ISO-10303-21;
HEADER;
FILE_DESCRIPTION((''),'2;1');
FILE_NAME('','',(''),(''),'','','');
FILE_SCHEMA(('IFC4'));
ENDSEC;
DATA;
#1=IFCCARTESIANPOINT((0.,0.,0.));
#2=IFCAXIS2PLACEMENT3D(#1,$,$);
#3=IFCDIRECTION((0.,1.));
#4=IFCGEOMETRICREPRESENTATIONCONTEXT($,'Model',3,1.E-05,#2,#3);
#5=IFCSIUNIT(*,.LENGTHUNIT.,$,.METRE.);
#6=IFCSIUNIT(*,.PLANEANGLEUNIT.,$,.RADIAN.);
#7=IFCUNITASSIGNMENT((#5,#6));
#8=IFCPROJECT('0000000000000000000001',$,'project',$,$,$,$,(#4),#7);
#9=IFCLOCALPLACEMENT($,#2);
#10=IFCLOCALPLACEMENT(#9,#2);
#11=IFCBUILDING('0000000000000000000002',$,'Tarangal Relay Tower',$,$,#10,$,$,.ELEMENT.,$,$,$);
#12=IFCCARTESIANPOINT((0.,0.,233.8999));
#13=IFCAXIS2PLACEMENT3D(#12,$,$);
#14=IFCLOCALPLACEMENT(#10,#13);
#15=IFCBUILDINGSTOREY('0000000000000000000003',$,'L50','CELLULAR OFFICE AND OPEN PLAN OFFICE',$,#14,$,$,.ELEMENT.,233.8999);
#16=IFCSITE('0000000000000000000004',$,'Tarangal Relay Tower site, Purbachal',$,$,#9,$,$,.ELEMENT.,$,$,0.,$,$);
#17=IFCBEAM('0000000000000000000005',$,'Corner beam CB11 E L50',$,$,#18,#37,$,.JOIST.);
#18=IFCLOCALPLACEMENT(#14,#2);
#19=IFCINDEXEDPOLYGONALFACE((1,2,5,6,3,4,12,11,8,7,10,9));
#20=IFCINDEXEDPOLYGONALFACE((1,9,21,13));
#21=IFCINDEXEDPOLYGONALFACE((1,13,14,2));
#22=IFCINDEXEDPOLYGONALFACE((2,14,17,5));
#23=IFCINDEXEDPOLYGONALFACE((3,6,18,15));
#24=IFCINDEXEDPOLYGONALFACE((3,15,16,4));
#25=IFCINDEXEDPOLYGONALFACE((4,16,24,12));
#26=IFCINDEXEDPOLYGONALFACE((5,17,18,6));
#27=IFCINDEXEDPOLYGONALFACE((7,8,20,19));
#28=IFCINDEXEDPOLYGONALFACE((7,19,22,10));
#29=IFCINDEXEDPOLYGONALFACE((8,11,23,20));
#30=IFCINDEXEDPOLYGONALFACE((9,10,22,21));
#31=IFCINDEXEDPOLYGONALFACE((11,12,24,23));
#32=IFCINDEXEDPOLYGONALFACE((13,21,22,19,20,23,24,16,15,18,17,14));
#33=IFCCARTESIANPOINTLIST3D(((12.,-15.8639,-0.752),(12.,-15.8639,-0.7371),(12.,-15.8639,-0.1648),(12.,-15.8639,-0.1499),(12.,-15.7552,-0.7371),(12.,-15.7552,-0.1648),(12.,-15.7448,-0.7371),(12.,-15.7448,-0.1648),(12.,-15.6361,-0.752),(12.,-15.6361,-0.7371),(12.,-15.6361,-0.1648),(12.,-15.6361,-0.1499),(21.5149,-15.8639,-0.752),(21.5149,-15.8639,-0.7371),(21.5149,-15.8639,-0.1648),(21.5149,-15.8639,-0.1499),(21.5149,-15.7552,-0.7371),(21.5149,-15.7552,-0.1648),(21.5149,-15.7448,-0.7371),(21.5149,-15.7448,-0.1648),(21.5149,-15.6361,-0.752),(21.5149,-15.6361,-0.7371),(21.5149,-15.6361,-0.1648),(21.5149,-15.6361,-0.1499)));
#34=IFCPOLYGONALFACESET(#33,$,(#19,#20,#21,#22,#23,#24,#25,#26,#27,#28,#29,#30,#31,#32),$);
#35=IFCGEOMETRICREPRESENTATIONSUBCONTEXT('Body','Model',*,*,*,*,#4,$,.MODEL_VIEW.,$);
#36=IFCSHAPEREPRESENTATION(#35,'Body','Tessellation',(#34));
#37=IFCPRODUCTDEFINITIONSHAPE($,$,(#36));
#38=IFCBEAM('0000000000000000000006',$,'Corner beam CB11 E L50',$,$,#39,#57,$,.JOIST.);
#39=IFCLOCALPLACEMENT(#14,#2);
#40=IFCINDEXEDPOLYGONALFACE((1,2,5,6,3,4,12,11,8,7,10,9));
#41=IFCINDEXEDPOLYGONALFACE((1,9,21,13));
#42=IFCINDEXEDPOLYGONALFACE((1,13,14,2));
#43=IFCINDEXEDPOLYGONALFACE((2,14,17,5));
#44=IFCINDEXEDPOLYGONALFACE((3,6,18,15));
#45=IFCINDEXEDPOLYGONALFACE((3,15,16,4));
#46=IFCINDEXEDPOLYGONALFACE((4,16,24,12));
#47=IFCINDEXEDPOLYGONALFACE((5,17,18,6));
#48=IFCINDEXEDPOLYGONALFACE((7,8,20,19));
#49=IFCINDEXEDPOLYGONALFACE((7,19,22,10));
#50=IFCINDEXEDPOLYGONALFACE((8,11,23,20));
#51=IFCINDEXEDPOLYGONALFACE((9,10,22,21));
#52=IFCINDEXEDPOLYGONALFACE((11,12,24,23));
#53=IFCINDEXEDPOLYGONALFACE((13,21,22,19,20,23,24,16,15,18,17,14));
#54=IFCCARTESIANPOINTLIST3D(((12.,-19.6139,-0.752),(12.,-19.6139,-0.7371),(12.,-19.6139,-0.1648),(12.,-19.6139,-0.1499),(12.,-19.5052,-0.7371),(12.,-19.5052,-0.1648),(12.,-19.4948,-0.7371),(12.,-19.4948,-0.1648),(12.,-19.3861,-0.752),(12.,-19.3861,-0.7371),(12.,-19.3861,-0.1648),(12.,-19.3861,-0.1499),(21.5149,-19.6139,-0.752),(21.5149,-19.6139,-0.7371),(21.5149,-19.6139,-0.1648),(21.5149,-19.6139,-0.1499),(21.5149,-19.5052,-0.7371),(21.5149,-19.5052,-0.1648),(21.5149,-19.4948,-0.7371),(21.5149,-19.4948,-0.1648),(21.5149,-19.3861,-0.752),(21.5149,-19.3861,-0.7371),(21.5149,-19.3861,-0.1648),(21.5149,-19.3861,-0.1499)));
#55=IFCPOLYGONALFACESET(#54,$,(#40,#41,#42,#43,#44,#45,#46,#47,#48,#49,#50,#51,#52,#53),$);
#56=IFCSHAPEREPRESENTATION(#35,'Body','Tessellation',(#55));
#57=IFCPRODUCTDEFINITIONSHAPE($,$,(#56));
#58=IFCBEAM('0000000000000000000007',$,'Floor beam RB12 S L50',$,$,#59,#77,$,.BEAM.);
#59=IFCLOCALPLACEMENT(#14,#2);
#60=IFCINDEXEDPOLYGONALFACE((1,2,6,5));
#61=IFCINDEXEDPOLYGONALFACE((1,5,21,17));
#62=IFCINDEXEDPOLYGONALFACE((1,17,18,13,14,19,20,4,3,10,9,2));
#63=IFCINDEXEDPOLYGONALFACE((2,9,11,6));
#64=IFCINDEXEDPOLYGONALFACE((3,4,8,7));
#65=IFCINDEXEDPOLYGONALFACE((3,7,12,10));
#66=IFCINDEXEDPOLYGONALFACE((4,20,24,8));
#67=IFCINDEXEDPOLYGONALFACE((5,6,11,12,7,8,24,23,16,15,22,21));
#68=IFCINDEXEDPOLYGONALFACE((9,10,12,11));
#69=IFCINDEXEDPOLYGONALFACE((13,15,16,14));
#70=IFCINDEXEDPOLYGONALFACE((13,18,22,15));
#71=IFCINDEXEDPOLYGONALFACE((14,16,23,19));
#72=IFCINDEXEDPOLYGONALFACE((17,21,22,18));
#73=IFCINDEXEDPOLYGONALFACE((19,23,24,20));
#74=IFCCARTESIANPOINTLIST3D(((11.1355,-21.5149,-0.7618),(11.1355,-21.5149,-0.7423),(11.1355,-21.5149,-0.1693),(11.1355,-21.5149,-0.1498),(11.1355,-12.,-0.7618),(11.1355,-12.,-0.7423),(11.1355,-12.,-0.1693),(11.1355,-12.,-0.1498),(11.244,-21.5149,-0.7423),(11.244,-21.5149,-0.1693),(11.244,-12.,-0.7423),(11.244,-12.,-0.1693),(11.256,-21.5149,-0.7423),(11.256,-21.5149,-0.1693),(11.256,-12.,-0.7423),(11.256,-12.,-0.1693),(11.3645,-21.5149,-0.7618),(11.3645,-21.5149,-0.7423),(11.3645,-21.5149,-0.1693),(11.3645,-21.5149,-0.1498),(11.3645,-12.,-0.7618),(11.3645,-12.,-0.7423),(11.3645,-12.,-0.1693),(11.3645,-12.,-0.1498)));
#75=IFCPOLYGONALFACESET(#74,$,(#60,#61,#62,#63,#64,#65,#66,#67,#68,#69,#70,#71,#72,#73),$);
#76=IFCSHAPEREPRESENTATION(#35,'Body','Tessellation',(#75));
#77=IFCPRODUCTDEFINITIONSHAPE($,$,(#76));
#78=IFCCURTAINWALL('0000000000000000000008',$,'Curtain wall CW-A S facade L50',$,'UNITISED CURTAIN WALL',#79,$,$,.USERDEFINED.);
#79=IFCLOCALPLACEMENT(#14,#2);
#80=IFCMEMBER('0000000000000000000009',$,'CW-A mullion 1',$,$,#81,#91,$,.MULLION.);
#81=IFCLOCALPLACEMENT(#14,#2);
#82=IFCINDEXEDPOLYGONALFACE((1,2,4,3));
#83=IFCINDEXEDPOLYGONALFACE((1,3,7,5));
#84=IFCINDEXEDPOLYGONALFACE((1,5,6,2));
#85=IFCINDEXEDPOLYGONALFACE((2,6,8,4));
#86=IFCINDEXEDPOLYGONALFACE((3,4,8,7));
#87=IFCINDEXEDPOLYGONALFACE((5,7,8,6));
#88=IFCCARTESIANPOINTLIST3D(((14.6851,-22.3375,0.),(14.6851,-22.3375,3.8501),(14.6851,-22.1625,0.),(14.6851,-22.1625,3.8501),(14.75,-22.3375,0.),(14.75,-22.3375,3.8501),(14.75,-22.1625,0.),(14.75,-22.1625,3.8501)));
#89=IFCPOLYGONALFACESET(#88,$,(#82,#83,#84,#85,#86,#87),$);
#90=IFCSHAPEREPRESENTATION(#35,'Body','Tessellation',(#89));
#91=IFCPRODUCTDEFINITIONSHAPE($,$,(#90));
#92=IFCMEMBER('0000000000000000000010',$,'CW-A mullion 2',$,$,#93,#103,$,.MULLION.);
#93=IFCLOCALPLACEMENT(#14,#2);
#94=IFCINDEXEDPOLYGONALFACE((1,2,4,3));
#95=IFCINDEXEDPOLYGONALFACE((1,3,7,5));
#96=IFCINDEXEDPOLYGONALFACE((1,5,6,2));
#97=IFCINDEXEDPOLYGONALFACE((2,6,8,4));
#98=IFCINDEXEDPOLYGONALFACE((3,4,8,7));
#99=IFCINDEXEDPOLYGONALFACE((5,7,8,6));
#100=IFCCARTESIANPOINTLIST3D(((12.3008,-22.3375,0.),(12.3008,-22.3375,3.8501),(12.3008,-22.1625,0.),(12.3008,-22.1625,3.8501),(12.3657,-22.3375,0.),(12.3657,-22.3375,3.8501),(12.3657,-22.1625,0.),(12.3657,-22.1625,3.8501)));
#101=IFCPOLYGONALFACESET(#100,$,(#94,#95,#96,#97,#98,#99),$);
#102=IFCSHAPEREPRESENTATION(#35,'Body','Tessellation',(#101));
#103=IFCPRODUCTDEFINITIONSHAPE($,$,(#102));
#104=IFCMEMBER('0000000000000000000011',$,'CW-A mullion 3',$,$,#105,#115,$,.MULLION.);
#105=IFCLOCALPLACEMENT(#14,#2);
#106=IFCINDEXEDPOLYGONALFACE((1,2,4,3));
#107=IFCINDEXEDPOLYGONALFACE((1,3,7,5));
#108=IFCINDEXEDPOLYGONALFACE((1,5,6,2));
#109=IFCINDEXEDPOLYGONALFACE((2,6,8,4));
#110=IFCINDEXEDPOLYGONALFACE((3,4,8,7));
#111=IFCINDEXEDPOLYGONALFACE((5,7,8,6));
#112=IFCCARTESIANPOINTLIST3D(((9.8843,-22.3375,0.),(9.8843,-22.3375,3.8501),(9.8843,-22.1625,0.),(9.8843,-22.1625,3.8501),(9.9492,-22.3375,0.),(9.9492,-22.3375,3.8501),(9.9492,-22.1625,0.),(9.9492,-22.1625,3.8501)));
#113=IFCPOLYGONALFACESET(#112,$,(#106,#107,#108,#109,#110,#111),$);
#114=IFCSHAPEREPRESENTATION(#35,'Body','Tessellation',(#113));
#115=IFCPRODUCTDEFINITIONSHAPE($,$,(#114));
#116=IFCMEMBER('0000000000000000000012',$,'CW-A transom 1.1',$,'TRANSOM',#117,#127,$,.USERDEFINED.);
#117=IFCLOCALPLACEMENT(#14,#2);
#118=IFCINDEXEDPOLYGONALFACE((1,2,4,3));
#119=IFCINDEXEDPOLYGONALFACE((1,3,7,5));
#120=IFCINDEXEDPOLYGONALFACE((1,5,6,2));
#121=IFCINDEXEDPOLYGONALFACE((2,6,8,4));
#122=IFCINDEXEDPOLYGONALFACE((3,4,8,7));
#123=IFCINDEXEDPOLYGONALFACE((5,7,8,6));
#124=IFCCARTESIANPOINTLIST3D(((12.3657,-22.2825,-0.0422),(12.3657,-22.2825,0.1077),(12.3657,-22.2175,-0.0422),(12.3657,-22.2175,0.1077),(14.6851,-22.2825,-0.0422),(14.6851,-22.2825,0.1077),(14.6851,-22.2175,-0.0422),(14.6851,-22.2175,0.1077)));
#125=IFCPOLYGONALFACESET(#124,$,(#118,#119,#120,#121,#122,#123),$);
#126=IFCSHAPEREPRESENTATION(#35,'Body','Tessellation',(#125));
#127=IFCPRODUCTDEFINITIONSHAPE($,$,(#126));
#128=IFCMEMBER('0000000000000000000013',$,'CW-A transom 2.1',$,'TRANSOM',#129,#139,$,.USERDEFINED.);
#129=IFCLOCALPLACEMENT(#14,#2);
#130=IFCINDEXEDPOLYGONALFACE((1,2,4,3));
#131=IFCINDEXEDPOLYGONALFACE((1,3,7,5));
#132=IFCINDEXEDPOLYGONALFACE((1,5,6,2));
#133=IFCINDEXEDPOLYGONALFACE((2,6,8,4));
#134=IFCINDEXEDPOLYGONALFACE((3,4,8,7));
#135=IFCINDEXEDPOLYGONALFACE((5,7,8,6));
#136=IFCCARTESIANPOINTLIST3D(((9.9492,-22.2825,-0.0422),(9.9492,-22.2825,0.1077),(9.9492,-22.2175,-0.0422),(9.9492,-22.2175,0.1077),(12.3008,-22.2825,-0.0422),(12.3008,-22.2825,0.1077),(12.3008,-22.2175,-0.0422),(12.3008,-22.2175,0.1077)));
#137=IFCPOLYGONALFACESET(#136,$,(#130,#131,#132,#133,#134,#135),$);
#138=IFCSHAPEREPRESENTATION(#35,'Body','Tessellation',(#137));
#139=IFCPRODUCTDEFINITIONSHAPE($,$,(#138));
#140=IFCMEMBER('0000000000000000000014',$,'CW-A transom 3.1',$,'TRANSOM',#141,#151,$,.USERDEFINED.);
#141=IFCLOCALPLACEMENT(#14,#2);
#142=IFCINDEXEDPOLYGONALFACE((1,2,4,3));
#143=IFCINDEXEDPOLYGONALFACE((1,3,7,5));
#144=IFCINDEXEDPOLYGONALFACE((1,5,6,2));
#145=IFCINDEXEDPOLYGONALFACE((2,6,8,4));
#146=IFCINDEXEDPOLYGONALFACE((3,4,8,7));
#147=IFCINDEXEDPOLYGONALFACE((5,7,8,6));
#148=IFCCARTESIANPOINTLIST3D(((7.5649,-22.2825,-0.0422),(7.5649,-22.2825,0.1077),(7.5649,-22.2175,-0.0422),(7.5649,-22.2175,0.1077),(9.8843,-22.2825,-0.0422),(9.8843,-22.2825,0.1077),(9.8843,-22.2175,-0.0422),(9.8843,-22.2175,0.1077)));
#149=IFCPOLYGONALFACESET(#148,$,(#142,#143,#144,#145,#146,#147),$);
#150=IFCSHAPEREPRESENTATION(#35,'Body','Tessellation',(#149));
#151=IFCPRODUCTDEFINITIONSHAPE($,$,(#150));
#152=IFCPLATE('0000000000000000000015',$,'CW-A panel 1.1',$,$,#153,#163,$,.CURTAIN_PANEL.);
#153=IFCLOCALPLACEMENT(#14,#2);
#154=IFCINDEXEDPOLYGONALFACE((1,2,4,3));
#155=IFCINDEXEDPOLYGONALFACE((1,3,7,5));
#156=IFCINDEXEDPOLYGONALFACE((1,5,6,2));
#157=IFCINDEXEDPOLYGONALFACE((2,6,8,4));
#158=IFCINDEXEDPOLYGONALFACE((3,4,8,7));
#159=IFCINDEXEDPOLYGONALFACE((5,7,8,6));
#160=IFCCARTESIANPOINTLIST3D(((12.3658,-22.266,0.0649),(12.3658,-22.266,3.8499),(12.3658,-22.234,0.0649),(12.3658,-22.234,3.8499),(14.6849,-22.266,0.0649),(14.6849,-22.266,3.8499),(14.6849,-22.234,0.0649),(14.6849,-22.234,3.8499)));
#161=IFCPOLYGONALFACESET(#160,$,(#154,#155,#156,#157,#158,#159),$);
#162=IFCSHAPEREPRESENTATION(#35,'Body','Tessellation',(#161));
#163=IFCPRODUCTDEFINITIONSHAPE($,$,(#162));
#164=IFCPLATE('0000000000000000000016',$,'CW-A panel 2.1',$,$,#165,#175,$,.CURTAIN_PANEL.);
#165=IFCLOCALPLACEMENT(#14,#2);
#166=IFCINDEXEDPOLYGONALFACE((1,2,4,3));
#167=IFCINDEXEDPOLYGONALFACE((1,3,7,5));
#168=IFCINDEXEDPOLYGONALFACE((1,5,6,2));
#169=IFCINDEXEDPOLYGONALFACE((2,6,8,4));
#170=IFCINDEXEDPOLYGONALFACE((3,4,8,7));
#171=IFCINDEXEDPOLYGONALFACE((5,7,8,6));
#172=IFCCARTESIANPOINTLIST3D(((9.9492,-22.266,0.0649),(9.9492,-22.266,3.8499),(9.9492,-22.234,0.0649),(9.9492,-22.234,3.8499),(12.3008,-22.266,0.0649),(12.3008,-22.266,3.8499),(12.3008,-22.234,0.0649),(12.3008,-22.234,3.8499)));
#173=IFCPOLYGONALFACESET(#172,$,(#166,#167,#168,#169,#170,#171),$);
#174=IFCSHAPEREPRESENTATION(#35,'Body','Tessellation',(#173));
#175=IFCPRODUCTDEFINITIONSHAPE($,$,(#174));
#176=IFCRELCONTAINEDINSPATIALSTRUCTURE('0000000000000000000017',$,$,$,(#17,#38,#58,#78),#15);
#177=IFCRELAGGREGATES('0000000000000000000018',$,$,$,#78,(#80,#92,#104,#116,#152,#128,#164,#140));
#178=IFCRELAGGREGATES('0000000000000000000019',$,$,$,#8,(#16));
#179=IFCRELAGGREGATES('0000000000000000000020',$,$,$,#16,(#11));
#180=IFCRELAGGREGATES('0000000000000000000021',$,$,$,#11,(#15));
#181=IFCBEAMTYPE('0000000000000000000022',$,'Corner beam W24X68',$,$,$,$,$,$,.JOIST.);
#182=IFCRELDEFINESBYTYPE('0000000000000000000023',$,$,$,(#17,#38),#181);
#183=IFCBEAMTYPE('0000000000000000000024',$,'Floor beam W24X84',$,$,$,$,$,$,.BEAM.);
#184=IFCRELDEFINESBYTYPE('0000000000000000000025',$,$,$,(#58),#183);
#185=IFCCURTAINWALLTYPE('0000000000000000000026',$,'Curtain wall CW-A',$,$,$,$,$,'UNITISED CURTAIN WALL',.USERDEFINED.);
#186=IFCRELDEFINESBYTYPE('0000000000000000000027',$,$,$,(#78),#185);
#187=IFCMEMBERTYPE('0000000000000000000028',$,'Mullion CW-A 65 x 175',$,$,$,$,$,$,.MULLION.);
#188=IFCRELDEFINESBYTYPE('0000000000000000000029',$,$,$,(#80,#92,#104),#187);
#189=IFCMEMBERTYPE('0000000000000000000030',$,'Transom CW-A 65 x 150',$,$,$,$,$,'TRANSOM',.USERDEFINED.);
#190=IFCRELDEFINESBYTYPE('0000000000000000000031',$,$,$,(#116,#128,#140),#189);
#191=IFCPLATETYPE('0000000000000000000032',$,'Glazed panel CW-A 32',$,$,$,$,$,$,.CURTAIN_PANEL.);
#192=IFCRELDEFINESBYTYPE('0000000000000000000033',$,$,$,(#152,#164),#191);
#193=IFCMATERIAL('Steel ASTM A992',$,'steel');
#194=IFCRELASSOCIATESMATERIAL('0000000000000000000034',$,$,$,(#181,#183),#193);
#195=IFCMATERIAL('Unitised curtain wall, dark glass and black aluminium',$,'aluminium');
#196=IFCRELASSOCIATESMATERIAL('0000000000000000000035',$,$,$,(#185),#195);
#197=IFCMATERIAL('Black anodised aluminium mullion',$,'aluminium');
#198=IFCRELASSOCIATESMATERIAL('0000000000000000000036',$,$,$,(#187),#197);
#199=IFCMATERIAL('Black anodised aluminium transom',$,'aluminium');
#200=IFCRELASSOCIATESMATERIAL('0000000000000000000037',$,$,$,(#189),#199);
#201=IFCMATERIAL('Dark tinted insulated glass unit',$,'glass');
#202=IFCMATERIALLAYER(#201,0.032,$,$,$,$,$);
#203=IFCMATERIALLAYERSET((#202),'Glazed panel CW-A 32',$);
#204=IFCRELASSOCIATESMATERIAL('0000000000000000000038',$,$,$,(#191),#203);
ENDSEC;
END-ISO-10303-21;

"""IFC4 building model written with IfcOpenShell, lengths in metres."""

from ifc_helpers import new_model, si_unit, direction, frame, origin, origin_2d, place, context, subcontext, project, spatial, rectangle, i_section, extrude, material, layer, layer_set, material_profile, profile_set, type_object, element, aggregate, save


model = new_model("IFC4")

# Units and contexts
model_context = context("Model", 3, precision=1e-05, world=origin(), true_north=direction((0.0, 1.0)))
body_context = subcontext(model_context, "Body", "Model", "MODEL_VIEW")
ifc_project = project(units=[si_unit("LENGTHUNIT", "METRE"), si_unit("PLANEANGLEUNIT", "RADIAN")], contexts=[model_context])

# Site, building, storey
site_placement = place(None, origin())
site = spatial("IfcSite", under=ifc_project, at=site_placement, Name="Tarangal Relay Tower site, Purbachal", CompositionType="ELEMENT", RefElevation=0.0)
building_placement = place(site_placement, origin())
building = spatial("IfcBuilding", under=site, at=building_placement, Name="Tarangal Relay Tower", CompositionType="ELEMENT")
storey_placement = place(building_placement, frame((0.0, 0.0, 233.8999)))
storey = spatial("IfcBuildingStorey", under=building, at=storey_placement, Name="L50", Description="CELLULAR OFFICE AND OPEN PLAN OFFICE", CompositionType="ELEMENT", Elevation=233.8999)

# Beams
ifc_material_1 = material(Name="Steel ASTM A992", Category="steel")
ifc_material_profile_1 = material_profile(ifc_material_1, i_section(OverallWidth=0.2278, OverallDepth=0.6021, WebThickness=0.0105, FlangeThickness=0.0149, at=origin_2d()), Name="W24X68")
ifc_profile_set_1 = profile_set([ifc_material_profile_1], Name="Steel ASTM A992")
beam_type_1 = type_object("IfcBeamType", Name="Corner beam W24X68", PredefinedType="JOIST", material=ifc_profile_set_1)
for number, where, z_axis, x_axis, name in (
    (1, (12.0, -15.75, -0.4509), (1.0, 0.0, 0.0), (0.0, 1.0, 0.0), "Corner beam CB11 E L50"),
    (2, (12.0, -19.5, -0.4509), (1.0, 0.0, 0.0), (0.0, 1.0, 0.0), "Corner beam CB11 E L50"),
):
    element("IfcBeam", number, at=place(storey_placement, frame(where, z_axis=z_axis, x_axis=x_axis)), inside=storey, type_object=beam_type_1, Name=name, PredefinedType="JOIST", context=body_context, shape_type="SweptSolid", body=[
        extrude(i_section(OverallWidth=0.2278, OverallDepth=0.6021, WebThickness=0.0105, FlangeThickness=0.0149, at=origin_2d()), origin(), (0.0, 0.0, 1.0), 9.5149),
    ])
ifc_material_profile_2 = material_profile(ifc_material_1, i_section(OverallWidth=0.229, OverallDepth=0.6121, WebThickness=0.012, FlangeThickness=0.0195, at=origin_2d()), Name="W24X84")
ifc_profile_set_2 = profile_set([ifc_material_profile_2], Name="Steel ASTM A992")
beam_type_2 = type_object("IfcBeamType", Name="Floor beam W24X84", PredefinedType="BEAM", material=ifc_profile_set_2)
beam_placement = place(storey_placement, frame((11.25, -12.0, -0.4558), z_axis=(0.0, -1.0, 0.0), x_axis=(1.0, 0.0, 0.0)))
element("IfcBeam", 3, at=beam_placement, inside=storey, type_object=beam_type_2, Name="Floor beam RB12 S L50", PredefinedType="BEAM", context=body_context, shape_type="SweptSolid", body=[
    extrude(i_section(OverallWidth=0.229, OverallDepth=0.6121, WebThickness=0.012, FlangeThickness=0.0195, at=origin_2d()), origin(), (0.0, 0.0, 1.0), 9.5149),
])

# Curtain wall, members, plates
ifc_material_2 = material(Name="Unitised curtain wall, dark glass and black aluminium", Category="aluminium")
curtain_wall_type = type_object("IfcCurtainWallType", Name="Curtain wall CW-A", ElementType="UNITISED CURTAIN WALL", PredefinedType="USERDEFINED", material=ifc_material_2)
curtain_wall_placement = place(storey_placement, origin())
curtain_wall = element("IfcCurtainWall", 4, at=curtain_wall_placement, inside=storey, type_object=curtain_wall_type, Name="Curtain wall CW-A S facade L50", ObjectType="UNITISED CURTAIN WALL", PredefinedType="USERDEFINED")
ifc_material_3 = material(Name="Black anodised aluminium mullion", Category="aluminium")
ifc_material_profile_3 = material_profile(ifc_material_3, rectangle(XDim=0.175, YDim=0.0649, at=origin_2d()), Name="CW-AM 65X175")
ifc_profile_set_3 = profile_set([ifc_material_profile_3], Name="Black anodised aluminium mullion")
member_type_1 = type_object("IfcMemberType", Name="Mullion CW-A 65 x 175", PredefinedType="MULLION", material=ifc_profile_set_3)
member_1_placement = place(storey_placement, frame((14.7175, -22.25, 0.0), z_axis=(0.0, 0.0, 1.0), x_axis=(0.0, -1.0, 0.0)))
member_1 = element("IfcMember", 5, at=member_1_placement, type_object=member_type_1, Name="CW-A mullion 1", PredefinedType="MULLION", context=body_context, shape_type="SweptSolid", body=[
    extrude(rectangle(XDim=0.175, YDim=0.0649, at=origin_2d()), origin(), (0.0, 0.0, 1.0), 3.8501),
])
member_2_placement = place(storey_placement, frame((12.3333, -22.25, 0.0), z_axis=(0.0, 0.0, 1.0), x_axis=(0.0, -1.0, 0.0)))
member_2 = element("IfcMember", 6, at=member_2_placement, type_object=member_type_1, Name="CW-A mullion 2", PredefinedType="MULLION", context=body_context, shape_type="SweptSolid", body=[
    extrude(rectangle(XDim=0.175, YDim=0.0649, at=origin_2d()), origin(), (0.0, 0.0, 1.0), 3.8501),
])
member_3_placement = place(storey_placement, frame((9.9167, -22.25, 0.0), z_axis=(0.0, 0.0, 1.0), x_axis=(0.0, -1.0, 0.0)))
member_3 = element("IfcMember", 7, at=member_3_placement, type_object=member_type_1, Name="CW-A mullion 3", PredefinedType="MULLION", context=body_context, shape_type="SweptSolid", body=[
    extrude(rectangle(XDim=0.175, YDim=0.0649, at=origin_2d()), origin(), (0.0, 0.0, 1.0), 3.8501),
])
ifc_material_4 = material(Name="Black anodised aluminium transom", Category="aluminium")
ifc_material_profile_4 = material_profile(ifc_material_4, rectangle(XDim=0.0649, YDim=0.1499, at=origin_2d()), Name="CW-AT 65X150")
ifc_profile_set_4 = profile_set([ifc_material_profile_4], Name="Black anodised aluminium transom")
member_type_2 = type_object("IfcMemberType", Name="Transom CW-A 65 x 150", ElementType="TRANSOM", PredefinedType="USERDEFINED", material=ifc_profile_set_4)
member_4_placement = place(storey_placement, frame((14.6851, -22.25, 0.0327), z_axis=(-1.0, 0.0, 0.0), x_axis=(0.0, -1.0, 0.0)))
member_4 = element("IfcMember", 8, at=member_4_placement, type_object=member_type_2, Name="CW-A transom 1.1", ObjectType="TRANSOM", PredefinedType="USERDEFINED", context=body_context, shape_type="SweptSolid", body=[
    extrude(rectangle(XDim=0.0649, YDim=0.1499, at=origin_2d()), origin(), (0.0, 0.0, 1.0), 2.3193),
])
member_5_placement = place(storey_placement, frame((12.3008, -22.25, 0.0327), z_axis=(-1.0, 0.0, 0.0), x_axis=(0.0, -1.0, 0.0)))
member_5 = element("IfcMember", 9, at=member_5_placement, type_object=member_type_2, Name="CW-A transom 2.1", ObjectType="TRANSOM", PredefinedType="USERDEFINED", context=body_context, shape_type="SweptSolid", body=[
    extrude(rectangle(XDim=0.0649, YDim=0.1499, at=origin_2d()), origin(), (0.0, 0.0, 1.0), 2.3516),
])
member_6_placement = place(storey_placement, frame((9.8843, -22.25, 0.0327), z_axis=(-1.0, 0.0, 0.0), x_axis=(0.0, -1.0, 0.0)))
member_6 = element("IfcMember", 10, at=member_6_placement, type_object=member_type_2, Name="CW-A transom 3.1", ObjectType="TRANSOM", PredefinedType="USERDEFINED", context=body_context, shape_type="SweptSolid", body=[
    extrude(rectangle(XDim=0.0649, YDim=0.1499, at=origin_2d()), origin(), (0.0, 0.0, 1.0), 2.3193),
])
ifc_material_5 = material(Name="Dark tinted insulated glass unit", Category="glass")
ifc_layer_1 = layer(ifc_material_5, 0.032)
ifc_layer_set_1 = layer_set([ifc_layer_1], Name="Glazed panel CW-A 32")
plate_type = type_object("IfcPlateType", Name="Glazed panel CW-A 32", PredefinedType="CURTAIN_PANEL", material=ifc_layer_set_1)
plate_1_placement = place(storey_placement, frame((13.5254, -22.25, 0.0649), z_axis=(0.0, 0.0, 1.0), x_axis=(-1.0, 0.0, 0.0)))
plate_1 = element("IfcPlate", 11, at=plate_1_placement, type_object=plate_type, Name="CW-A panel 1.1", PredefinedType="CURTAIN_PANEL", context=body_context, shape_type="SweptSolid", body=[
    extrude(rectangle(XDim=2.3191, YDim=0.032, at=origin_2d()), origin(), (0.0, 0.0, 1.0), 3.7849),
])
plate_2_placement = place(storey_placement, frame((11.125, -22.25, 0.0649), z_axis=(0.0, 0.0, 1.0), x_axis=(-1.0, 0.0, 0.0)))
plate_2 = element("IfcPlate", 12, at=plate_2_placement, type_object=plate_type, Name="CW-A panel 2.1", PredefinedType="CURTAIN_PANEL", context=body_context, shape_type="SweptSolid", body=[
    extrude(rectangle(XDim=2.3516, YDim=0.032, at=origin_2d()), origin(), (0.0, 0.0, 1.0), 3.7849),
])
aggregate(curtain_wall, [member_1, member_2, member_3, member_4, plate_1, member_5, plate_2, member_6])

save(model, "model.ifc")
